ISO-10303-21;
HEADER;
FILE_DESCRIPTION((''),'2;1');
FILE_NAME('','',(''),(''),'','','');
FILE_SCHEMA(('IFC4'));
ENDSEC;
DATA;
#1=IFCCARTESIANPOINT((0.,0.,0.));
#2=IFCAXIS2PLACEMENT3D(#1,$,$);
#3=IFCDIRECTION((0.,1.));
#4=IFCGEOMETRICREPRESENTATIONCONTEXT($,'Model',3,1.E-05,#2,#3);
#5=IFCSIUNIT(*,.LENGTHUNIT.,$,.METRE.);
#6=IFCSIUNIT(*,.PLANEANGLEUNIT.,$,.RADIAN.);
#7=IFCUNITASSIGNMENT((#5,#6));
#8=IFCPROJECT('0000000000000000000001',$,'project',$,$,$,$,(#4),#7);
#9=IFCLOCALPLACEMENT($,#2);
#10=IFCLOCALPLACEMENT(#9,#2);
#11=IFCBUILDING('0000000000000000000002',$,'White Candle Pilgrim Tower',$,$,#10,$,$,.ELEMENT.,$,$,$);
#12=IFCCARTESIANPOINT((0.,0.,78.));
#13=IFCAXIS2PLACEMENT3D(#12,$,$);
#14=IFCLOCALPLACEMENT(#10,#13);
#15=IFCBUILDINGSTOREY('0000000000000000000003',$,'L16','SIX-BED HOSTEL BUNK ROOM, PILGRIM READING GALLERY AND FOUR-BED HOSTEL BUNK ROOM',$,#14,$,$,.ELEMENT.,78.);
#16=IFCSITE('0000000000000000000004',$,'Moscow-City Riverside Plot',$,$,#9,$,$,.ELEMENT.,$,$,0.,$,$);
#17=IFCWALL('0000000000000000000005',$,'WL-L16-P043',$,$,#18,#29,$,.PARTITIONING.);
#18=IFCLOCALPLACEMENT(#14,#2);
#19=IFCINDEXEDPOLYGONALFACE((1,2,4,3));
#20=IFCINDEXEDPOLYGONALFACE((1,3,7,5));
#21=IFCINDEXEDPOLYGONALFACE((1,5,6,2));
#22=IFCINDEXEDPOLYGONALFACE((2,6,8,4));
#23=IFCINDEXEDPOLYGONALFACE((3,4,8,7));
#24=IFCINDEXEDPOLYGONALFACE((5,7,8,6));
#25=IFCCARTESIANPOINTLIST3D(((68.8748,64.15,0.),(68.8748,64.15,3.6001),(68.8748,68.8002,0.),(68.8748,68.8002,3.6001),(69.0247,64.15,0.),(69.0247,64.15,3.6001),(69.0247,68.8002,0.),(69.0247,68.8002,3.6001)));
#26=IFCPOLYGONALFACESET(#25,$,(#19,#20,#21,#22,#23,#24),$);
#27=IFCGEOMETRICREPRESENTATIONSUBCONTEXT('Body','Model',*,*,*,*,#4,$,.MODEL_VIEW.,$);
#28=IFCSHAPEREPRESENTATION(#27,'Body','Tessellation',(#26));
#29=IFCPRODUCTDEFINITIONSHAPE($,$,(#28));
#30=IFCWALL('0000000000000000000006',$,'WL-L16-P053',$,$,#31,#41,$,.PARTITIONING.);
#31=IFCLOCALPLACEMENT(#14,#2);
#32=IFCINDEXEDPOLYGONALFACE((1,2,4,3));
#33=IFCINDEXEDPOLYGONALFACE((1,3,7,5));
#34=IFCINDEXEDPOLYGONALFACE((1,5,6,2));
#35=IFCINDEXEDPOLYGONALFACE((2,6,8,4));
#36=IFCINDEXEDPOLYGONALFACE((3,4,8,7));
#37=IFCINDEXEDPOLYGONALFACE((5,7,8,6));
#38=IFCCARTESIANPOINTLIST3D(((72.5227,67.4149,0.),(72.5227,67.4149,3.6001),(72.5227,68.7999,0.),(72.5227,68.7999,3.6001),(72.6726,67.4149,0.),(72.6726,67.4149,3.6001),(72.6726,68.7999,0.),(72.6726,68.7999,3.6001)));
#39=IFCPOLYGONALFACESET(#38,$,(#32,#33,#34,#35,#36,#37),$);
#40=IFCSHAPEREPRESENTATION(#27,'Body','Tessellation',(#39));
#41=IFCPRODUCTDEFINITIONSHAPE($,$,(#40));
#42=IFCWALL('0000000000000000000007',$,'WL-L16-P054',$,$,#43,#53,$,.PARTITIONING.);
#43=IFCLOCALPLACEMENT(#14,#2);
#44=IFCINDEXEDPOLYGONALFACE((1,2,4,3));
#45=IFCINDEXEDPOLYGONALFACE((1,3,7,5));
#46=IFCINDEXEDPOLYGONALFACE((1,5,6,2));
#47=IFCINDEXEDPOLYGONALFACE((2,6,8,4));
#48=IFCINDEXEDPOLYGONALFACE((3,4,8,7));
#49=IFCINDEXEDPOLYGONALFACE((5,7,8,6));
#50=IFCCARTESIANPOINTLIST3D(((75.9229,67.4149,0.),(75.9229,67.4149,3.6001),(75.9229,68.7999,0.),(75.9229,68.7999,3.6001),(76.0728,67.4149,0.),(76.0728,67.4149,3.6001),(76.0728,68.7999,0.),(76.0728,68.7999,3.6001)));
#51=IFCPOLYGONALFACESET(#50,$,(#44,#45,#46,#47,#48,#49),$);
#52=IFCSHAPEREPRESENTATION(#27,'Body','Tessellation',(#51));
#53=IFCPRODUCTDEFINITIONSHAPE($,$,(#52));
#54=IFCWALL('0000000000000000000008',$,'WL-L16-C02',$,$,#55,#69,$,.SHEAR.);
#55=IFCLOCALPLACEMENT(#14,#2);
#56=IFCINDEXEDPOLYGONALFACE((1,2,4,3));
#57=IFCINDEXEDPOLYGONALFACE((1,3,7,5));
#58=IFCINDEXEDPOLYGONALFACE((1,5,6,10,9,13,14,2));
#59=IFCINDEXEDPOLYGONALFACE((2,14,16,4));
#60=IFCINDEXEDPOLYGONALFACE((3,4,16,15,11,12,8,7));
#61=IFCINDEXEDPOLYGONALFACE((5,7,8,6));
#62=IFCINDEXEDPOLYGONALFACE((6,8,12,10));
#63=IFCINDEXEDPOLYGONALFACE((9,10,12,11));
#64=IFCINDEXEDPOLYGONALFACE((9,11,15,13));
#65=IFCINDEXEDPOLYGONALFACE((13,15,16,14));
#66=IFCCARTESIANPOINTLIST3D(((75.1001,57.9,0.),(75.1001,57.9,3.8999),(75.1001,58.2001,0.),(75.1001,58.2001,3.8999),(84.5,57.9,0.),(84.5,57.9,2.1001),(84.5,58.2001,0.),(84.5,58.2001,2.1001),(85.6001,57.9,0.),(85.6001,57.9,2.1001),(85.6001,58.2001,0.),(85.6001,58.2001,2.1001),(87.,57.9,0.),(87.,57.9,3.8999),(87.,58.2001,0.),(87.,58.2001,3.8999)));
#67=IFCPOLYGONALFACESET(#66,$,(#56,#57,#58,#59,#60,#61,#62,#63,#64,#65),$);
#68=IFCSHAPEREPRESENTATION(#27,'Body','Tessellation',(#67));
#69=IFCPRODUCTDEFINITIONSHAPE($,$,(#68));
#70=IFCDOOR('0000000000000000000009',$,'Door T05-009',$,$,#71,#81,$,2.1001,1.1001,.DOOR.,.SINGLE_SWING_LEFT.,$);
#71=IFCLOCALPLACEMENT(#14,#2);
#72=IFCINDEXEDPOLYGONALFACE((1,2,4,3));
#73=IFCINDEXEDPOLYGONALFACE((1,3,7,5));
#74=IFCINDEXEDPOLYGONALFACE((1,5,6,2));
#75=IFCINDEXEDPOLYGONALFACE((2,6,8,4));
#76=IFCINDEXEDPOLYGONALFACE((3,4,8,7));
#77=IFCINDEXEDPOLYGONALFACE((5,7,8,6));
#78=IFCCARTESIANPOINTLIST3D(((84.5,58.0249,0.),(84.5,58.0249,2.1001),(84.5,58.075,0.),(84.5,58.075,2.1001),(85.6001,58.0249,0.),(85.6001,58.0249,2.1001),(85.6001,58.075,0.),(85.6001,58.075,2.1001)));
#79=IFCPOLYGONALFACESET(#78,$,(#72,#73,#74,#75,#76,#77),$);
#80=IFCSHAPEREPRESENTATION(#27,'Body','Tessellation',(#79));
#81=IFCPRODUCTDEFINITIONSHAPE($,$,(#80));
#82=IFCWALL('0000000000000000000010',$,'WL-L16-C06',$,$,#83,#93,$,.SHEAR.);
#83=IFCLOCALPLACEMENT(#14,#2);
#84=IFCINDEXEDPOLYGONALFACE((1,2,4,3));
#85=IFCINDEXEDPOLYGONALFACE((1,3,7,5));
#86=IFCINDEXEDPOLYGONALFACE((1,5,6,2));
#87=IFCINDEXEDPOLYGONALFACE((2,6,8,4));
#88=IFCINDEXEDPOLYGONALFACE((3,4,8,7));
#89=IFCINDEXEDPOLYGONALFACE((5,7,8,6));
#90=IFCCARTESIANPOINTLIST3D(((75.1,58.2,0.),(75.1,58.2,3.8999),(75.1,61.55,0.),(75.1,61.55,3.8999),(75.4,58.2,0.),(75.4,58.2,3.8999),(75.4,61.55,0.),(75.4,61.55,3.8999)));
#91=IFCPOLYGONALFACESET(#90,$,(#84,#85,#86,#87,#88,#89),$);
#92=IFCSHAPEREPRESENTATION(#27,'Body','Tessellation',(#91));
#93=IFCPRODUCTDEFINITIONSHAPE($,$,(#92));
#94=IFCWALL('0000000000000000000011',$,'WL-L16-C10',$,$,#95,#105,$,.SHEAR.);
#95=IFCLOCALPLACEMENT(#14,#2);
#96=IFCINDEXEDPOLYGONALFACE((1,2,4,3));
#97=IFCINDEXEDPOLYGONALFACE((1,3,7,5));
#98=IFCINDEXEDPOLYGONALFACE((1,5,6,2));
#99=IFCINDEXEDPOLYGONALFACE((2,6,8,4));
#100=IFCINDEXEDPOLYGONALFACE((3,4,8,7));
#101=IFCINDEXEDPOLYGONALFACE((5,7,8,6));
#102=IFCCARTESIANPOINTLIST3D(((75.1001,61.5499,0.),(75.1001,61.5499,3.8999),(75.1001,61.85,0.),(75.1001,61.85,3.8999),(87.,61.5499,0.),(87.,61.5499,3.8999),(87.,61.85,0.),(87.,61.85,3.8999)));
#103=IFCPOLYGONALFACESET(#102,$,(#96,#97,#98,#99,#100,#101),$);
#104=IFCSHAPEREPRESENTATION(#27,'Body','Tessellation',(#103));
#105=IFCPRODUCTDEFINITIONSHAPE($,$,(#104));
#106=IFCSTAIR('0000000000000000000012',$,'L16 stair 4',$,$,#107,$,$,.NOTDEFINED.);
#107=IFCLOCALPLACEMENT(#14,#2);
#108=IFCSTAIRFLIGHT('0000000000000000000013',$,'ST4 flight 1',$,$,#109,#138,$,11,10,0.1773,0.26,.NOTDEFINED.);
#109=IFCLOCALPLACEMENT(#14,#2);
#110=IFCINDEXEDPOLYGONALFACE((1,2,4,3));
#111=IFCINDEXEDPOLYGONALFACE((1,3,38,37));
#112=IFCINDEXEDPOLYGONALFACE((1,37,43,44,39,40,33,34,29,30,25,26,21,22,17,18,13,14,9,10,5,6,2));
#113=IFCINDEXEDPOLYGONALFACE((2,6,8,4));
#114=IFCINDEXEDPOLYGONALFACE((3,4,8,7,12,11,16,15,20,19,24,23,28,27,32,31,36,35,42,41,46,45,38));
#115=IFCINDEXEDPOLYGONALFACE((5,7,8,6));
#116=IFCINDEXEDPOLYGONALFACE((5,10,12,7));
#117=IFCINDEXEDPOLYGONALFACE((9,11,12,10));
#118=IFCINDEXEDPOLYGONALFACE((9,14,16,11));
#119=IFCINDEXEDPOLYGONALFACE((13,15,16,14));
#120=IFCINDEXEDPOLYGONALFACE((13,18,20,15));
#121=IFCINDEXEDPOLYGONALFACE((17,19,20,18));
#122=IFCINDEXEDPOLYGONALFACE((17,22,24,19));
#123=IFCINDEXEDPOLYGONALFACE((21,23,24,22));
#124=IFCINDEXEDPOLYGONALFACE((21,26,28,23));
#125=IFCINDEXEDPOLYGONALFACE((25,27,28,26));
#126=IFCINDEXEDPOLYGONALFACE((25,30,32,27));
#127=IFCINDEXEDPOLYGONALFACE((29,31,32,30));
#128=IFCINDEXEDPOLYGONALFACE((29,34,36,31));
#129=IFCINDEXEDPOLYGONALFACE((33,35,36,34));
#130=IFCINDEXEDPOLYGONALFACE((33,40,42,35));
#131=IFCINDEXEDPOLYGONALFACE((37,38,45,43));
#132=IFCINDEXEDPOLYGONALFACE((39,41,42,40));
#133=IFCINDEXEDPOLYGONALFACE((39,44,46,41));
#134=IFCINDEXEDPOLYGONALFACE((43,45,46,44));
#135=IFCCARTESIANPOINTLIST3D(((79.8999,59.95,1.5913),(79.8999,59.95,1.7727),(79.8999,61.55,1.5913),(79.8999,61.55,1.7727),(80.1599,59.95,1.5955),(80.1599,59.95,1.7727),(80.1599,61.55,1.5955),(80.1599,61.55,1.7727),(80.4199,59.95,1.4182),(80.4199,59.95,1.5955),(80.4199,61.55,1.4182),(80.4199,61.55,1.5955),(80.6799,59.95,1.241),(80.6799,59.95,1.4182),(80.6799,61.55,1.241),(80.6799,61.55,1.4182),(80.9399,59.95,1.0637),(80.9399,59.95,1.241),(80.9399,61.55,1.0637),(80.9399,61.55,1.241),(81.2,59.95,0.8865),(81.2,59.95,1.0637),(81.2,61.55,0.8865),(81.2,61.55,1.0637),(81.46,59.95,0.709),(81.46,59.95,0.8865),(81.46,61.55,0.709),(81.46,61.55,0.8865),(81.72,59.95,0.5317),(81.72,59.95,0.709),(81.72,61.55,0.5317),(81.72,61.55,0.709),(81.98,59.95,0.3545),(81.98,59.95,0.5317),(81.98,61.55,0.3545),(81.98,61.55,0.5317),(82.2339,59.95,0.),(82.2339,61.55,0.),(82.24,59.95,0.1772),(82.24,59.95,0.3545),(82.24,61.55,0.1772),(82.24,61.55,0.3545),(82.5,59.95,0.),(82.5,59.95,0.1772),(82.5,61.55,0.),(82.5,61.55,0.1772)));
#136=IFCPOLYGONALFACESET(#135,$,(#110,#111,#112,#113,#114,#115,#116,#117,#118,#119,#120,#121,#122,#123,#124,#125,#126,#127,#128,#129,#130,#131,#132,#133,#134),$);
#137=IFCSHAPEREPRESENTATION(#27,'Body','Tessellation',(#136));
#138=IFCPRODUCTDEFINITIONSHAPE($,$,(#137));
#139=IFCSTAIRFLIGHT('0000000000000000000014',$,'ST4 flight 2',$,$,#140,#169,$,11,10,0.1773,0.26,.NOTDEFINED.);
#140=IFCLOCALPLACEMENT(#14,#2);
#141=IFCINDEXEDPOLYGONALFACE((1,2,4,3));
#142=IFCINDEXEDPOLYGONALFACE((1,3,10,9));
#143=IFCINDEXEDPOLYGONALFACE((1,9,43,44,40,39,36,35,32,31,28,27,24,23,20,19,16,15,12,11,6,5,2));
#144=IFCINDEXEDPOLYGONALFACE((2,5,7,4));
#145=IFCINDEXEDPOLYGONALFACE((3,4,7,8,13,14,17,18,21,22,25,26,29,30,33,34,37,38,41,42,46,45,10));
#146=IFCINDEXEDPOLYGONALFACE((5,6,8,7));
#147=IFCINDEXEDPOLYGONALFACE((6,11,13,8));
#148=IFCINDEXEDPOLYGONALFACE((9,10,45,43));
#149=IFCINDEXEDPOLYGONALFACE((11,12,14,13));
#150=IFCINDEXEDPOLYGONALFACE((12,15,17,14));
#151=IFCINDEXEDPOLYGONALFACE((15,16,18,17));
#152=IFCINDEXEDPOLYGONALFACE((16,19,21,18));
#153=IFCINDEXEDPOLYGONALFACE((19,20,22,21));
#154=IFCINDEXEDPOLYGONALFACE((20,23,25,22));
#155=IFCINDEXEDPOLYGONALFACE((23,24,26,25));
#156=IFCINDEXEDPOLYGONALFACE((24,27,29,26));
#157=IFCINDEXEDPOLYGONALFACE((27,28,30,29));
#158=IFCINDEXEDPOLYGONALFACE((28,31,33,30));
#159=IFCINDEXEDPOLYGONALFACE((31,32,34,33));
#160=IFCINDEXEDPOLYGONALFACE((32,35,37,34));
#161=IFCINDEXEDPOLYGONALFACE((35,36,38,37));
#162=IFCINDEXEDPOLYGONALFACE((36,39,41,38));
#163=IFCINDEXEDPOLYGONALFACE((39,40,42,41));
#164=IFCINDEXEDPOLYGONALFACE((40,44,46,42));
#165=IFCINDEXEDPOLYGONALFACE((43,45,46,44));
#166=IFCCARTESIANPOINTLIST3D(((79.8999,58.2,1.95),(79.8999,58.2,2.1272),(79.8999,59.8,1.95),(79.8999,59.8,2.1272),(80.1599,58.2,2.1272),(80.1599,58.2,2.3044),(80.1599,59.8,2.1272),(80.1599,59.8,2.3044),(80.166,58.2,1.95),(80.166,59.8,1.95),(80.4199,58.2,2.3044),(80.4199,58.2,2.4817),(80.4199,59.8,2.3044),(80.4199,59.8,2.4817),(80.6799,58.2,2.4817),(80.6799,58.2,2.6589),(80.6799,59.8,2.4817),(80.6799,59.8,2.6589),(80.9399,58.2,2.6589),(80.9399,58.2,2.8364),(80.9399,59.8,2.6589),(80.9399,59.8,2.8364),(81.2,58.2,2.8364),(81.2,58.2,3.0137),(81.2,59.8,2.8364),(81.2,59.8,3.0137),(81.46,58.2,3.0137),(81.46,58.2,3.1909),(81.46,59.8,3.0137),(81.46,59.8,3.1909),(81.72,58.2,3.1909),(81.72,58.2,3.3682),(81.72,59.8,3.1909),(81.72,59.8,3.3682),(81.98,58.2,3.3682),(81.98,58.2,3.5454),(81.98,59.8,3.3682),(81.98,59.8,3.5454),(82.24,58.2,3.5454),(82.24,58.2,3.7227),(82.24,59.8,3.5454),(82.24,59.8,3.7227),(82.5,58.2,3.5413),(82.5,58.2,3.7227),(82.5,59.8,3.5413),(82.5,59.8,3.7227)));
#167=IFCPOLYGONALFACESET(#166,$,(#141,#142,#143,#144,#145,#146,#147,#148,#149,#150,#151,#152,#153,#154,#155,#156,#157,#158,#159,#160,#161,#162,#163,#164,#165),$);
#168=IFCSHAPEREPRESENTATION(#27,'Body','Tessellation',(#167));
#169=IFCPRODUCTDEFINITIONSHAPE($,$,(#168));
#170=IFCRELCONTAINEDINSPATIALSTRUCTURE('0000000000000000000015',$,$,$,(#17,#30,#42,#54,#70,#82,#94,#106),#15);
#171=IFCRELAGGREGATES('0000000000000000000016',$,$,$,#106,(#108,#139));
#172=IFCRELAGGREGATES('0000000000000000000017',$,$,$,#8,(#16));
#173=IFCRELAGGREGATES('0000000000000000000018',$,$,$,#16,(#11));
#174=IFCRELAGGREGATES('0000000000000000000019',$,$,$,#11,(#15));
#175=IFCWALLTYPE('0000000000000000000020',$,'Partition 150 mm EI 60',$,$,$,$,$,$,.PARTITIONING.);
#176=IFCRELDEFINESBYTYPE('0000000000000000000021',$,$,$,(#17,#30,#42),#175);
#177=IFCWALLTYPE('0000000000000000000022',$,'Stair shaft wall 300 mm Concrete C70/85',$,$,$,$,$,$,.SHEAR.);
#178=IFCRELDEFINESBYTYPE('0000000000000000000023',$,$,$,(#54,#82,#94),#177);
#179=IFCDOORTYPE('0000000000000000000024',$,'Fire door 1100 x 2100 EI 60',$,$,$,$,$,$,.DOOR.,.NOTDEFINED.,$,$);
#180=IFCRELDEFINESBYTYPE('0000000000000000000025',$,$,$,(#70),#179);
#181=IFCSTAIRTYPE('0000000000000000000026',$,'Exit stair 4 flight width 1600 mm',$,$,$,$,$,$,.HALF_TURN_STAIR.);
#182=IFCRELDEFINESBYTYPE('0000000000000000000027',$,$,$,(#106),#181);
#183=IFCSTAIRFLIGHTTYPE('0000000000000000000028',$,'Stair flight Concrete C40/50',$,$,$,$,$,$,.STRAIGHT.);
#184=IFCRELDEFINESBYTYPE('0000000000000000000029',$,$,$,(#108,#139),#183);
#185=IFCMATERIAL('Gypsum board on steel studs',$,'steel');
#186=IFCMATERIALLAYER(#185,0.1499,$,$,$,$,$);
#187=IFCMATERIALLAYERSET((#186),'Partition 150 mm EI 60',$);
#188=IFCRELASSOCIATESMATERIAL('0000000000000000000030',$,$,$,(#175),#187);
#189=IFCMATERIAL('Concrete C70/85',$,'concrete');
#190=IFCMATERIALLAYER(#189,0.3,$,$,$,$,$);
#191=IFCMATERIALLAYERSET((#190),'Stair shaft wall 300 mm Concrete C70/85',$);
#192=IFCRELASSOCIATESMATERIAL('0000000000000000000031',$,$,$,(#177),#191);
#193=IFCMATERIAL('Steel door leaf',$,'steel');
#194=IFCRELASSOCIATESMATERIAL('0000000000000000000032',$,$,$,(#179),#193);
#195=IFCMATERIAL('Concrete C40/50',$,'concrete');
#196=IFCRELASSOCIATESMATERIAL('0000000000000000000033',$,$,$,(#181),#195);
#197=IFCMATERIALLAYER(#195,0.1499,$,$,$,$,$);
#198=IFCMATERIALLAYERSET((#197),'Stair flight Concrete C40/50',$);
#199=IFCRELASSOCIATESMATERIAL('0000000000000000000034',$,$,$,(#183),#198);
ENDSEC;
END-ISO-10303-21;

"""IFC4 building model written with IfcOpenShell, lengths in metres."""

from ifc_helpers import new_model, si_unit, direction, frame, frame_2d, origin, place, context, subcontext, project, spatial, polyline, rectangle, outline, extrude, material, layer, layer_set, type_object, element, fill, aggregate, save


model = new_model("IFC4")

# Units and contexts
model_context = context("Model", 3, precision=1e-05, world=origin(), true_north=direction((0.0, 1.0)))
body_context = subcontext(model_context, "Body", "Model", "MODEL_VIEW")
ifc_project = project(units=[si_unit("LENGTHUNIT", "METRE"), si_unit("PLANEANGLEUNIT", "RADIAN")], contexts=[model_context])

# Site, building, storey
site_placement = place(None, origin())
site = spatial("IfcSite", under=ifc_project, at=site_placement, Name="Moscow-City Riverside Plot", CompositionType="ELEMENT", RefElevation=0.0)
building_placement = place(site_placement, origin())
building = spatial("IfcBuilding", under=site, at=building_placement, Name="White Candle Pilgrim Tower", CompositionType="ELEMENT")
storey_placement = place(building_placement, frame((0.0, 0.0, 78.0)))
storey = spatial("IfcBuildingStorey", under=building, at=storey_placement, Name="L16", Description="SIX-BED HOSTEL BUNK ROOM, PILGRIM READING GALLERY AND FOUR-BED HOSTEL BUNK ROOM", CompositionType="ELEMENT", Elevation=78.0)

# Shared definitions
ifc_material_1 = material(Name="Gypsum board on steel studs", Category="steel")
ifc_material_2 = material(Name="Steel door leaf", Category="steel")

# Walls
ifc_layer_1 = layer(ifc_material_1, 0.1499)
ifc_layer_set_1 = layer_set([ifc_layer_1], Name="Partition 150 mm EI 60")
wall_type_1 = type_object("IfcWallType", Name="Partition 150 mm EI 60", PredefinedType="PARTITIONING", material=ifc_layer_set_1)
wall_1_placement = place(storey_placement, frame((68.9497, 64.1499, 0.0), z_axis=(0.0, 0.0, 1.0), x_axis=(0.0, 1.0, 0.0)))
element("IfcWall", 1, at=wall_1_placement, inside=storey, type_object=wall_type_1, Name="WL-L16-P043", PredefinedType="PARTITIONING", context=body_context, shape_type="SweptSolid", body=[
    extrude(rectangle(XDim=4.6501, YDim=0.1499, at=frame_2d((2.3252, 0.0))), origin(), (0.0, 0.0, 1.0), 3.6001),
])
for number, where, z_axis, x_axis, name in (
    (2, (72.5977, 67.415, 0.0), (0.0, 0.0, 1.0), (0.0, 1.0, 0.0), "WL-L16-P053"),
    (3, (75.9978, 67.415, 0.0), (0.0, 0.0, 1.0), (0.0, 1.0, 0.0), "WL-L16-P054"),
):
    element("IfcWall", number, at=place(storey_placement, frame(where, z_axis=z_axis, x_axis=x_axis)), inside=storey, type_object=wall_type_1, Name=name, PredefinedType="PARTITIONING", context=body_context, shape_type="SweptSolid", body=[
        extrude(rectangle(XDim=1.385, YDim=0.1499, at=frame_2d((0.6924, 0.0))), origin(), (0.0, 0.0, 1.0), 3.6001),
    ])

# Wall, opening, door
ifc_material_3 = material(Name="Concrete C70/85", Category="concrete")
ifc_layer_2 = layer(ifc_material_3, 0.3)
ifc_layer_set_2 = layer_set([ifc_layer_2], Name="Stair shaft wall 300 mm Concrete C70/85")
wall_type_2 = type_object("IfcWallType", Name="Stair shaft wall 300 mm Concrete C70/85", PredefinedType="SHEAR", material=ifc_layer_set_2)
wall_2_placement = place(storey_placement, frame((75.1001, 58.05, 0.0), z_axis=(0.0, 0.0, 1.0), x_axis=(1.0, 0.0, 0.0)))
wall_2 = element("IfcWall", 4, at=wall_2_placement, inside=storey, type_object=wall_type_2, Name="WL-L16-C02", PredefinedType="SHEAR", context=body_context, shape_type="SweptSolid", body=[
    extrude(rectangle(XDim=11.8999, YDim=0.3, at=frame_2d((5.95, 0.0))), origin(), (0.0, 0.0, 1.0), 3.8999),
])
opening_1_placement = place(wall_2_placement, frame((9.3999, 0.0, 0.0)))
opening_1 = element("IfcOpeningElement", 5, at=opening_1_placement, cuts=wall_2, PredefinedType="OPENING", context=body_context, shape_type="SweptSolid", body=[
    extrude(rectangle(XDim=1.1001, YDim=2.1001, at=frame_2d((0.55, 1.05))), frame((0.0, 0.1599, 0.0), z_axis=(0.0, -1.0, 0.0), x_axis=(1.0, 0.0, 0.0)), (0.0, 0.0, 1.0), 0.3201),
])
door_type_1 = type_object("IfcDoorType", Name="Fire door 1100 x 2100 EI 60", OperationType="NOTDEFINED", PredefinedType="DOOR", material=ifc_material_2)
door_1_placement = place(opening_1_placement, origin())
door_1 = element("IfcDoor", 6, at=door_1_placement, inside=storey, type_object=door_type_1, Name="Door T05-009", OperationType="SINGLE_SWING_LEFT", OverallHeight=2.1001, OverallWidth=1.1001, PredefinedType="DOOR", context=body_context, shape_type="SweptSolid", body=[
    extrude(rectangle(XDim=1.1001, YDim=2.1001, at=frame_2d((0.55, 1.05))), frame((0.0, 0.0249, 0.0), z_axis=(0.0, -1.0, 0.0), x_axis=(1.0, 0.0, 0.0)), (0.0, 0.0, 1.0), 0.05),
])
fill(opening_1, door_1)

# Walls
wall_3_placement = place(storey_placement, frame((75.25, 58.2, 0.0), z_axis=(0.0, 0.0, 1.0), x_axis=(0.0, 1.0, 0.0)))
element("IfcWall", 7, at=wall_3_placement, inside=storey, type_object=wall_type_2, Name="WL-L16-C06", PredefinedType="SHEAR", context=body_context, shape_type="SweptSolid", body=[
    extrude(rectangle(XDim=3.3501, YDim=0.3, at=frame_2d((1.675, 0.0))), origin(), (0.0, 0.0, 1.0), 3.8999),
])
wall_4_placement = place(storey_placement, frame((75.1001, 61.7, 0.0), z_axis=(0.0, 0.0, 1.0), x_axis=(1.0, 0.0, 0.0)))
element("IfcWall", 8, at=wall_4_placement, inside=storey, type_object=wall_type_2, Name="WL-L16-C10", PredefinedType="SHEAR", context=body_context, shape_type="SweptSolid", body=[
    extrude(rectangle(XDim=11.8999, YDim=0.3, at=frame_2d((5.95, 0.0))), origin(), (0.0, 0.0, 1.0), 3.8999),
])

# Stair, stair flights
ifc_material_4 = material(Name="Concrete C40/50", Category="concrete")
stair_type = type_object("IfcStairType", Name="Exit stair 4 flight width 1600 mm", PredefinedType="HALF_TURN_STAIR", material=ifc_material_4)
stair_placement = place(storey_placement, origin())
stair = element("IfcStair", 9, at=stair_placement, inside=storey, type_object=stair_type, Name="L16 stair 4", PredefinedType="NOTDEFINED")
ifc_layer_3 = layer(ifc_material_4, 0.1499)
ifc_layer_set_3 = layer_set([ifc_layer_3], Name="Stair flight Concrete C40/50")
stair_flight_type = type_object("IfcStairFlightType", Name="Stair flight Concrete C40/50", PredefinedType="STRAIGHT", material=ifc_layer_set_3)
stair_flight_1_placement = place(storey_placement, frame((82.5, 60.75, 0.0), z_axis=(0.0, 0.0, 1.0), x_axis=(-1.0, 0.0, 0.0)))
stair_flight_1 = element("IfcStairFlight", 10, at=stair_flight_1_placement, type_object=stair_flight_type, Name="ST4 flight 1", NumberOfRisers=11, NumberOfTreads=10, PredefinedType="NOTDEFINED", RiserHeight=0.1773, TreadLength=0.26, context=body_context, shape_type="SweptSolid", body=[
    extrude(outline(polyline([(0.0, 0.0), (0.0, 0.1772), (0.26, 0.1772), (0.26, 0.3545), (0.52, 0.3545), (0.52, 0.5317), (0.78, 0.5317), (0.78, 0.709), (1.04, 0.709), (1.04, 0.8865), (1.3, 0.8865), (1.3, 1.0637), (1.5601, 1.0637), (1.5601, 1.241), (1.8201, 1.241), (1.8201, 1.4182), (2.0801, 1.4182), (2.0801, 1.5955), (2.3401, 1.5955), (2.3401, 1.7727), (2.6001, 1.7727), (2.6001, 1.95), (2.6001, 1.5913), (0.2661, 0.0), (0.0, 0.0)])), frame((0.0, 0.8, 0.0), z_axis=(0.0, -1.0, 0.0), x_axis=(1.0, 0.0, 0.0)), (0.0, 0.0, 1.0), 1.6001),
])
stair_flight_2_placement = place(storey_placement, frame((79.8999, 59.0, 1.95), z_axis=(0.0, 0.0, 1.0), x_axis=(1.0, 0.0, 0.0)))
stair_flight_2 = element("IfcStairFlight", 11, at=stair_flight_2_placement, type_object=stair_flight_type, Name="ST4 flight 2", NumberOfRisers=11, NumberOfTreads=10, PredefinedType="NOTDEFINED", RiserHeight=0.1773, TreadLength=0.26, context=body_context, shape_type="SweptSolid", body=[
    extrude(outline(polyline([(0.0, 0.0), (0.0, 0.1772), (0.26, 0.1772), (0.26, 0.3545), (0.52, 0.3545), (0.52, 0.5317), (0.78, 0.5317), (0.78, 0.709), (1.04, 0.709), (1.04, 0.8865), (1.3, 0.8865), (1.3, 1.0637), (1.5601, 1.0637), (1.5601, 1.241), (1.8201, 1.241), (1.8201, 1.4182), (2.0801, 1.4182), (2.0801, 1.5955), (2.3401, 1.5955), (2.3401, 1.7727), (2.6001, 1.7727), (2.6001, 1.95), (2.6001, 1.5913), (0.2661, 0.0), (0.0, 0.0)])), frame((0.0, 0.8, 0.0), z_axis=(0.0, -1.0, 0.0), x_axis=(1.0, 0.0, 0.0)), (0.0, 0.0, 1.0), 1.6001),
])
aggregate(stair, [stair_flight_1, stair_flight_2])

save(model, "model.ifc")
